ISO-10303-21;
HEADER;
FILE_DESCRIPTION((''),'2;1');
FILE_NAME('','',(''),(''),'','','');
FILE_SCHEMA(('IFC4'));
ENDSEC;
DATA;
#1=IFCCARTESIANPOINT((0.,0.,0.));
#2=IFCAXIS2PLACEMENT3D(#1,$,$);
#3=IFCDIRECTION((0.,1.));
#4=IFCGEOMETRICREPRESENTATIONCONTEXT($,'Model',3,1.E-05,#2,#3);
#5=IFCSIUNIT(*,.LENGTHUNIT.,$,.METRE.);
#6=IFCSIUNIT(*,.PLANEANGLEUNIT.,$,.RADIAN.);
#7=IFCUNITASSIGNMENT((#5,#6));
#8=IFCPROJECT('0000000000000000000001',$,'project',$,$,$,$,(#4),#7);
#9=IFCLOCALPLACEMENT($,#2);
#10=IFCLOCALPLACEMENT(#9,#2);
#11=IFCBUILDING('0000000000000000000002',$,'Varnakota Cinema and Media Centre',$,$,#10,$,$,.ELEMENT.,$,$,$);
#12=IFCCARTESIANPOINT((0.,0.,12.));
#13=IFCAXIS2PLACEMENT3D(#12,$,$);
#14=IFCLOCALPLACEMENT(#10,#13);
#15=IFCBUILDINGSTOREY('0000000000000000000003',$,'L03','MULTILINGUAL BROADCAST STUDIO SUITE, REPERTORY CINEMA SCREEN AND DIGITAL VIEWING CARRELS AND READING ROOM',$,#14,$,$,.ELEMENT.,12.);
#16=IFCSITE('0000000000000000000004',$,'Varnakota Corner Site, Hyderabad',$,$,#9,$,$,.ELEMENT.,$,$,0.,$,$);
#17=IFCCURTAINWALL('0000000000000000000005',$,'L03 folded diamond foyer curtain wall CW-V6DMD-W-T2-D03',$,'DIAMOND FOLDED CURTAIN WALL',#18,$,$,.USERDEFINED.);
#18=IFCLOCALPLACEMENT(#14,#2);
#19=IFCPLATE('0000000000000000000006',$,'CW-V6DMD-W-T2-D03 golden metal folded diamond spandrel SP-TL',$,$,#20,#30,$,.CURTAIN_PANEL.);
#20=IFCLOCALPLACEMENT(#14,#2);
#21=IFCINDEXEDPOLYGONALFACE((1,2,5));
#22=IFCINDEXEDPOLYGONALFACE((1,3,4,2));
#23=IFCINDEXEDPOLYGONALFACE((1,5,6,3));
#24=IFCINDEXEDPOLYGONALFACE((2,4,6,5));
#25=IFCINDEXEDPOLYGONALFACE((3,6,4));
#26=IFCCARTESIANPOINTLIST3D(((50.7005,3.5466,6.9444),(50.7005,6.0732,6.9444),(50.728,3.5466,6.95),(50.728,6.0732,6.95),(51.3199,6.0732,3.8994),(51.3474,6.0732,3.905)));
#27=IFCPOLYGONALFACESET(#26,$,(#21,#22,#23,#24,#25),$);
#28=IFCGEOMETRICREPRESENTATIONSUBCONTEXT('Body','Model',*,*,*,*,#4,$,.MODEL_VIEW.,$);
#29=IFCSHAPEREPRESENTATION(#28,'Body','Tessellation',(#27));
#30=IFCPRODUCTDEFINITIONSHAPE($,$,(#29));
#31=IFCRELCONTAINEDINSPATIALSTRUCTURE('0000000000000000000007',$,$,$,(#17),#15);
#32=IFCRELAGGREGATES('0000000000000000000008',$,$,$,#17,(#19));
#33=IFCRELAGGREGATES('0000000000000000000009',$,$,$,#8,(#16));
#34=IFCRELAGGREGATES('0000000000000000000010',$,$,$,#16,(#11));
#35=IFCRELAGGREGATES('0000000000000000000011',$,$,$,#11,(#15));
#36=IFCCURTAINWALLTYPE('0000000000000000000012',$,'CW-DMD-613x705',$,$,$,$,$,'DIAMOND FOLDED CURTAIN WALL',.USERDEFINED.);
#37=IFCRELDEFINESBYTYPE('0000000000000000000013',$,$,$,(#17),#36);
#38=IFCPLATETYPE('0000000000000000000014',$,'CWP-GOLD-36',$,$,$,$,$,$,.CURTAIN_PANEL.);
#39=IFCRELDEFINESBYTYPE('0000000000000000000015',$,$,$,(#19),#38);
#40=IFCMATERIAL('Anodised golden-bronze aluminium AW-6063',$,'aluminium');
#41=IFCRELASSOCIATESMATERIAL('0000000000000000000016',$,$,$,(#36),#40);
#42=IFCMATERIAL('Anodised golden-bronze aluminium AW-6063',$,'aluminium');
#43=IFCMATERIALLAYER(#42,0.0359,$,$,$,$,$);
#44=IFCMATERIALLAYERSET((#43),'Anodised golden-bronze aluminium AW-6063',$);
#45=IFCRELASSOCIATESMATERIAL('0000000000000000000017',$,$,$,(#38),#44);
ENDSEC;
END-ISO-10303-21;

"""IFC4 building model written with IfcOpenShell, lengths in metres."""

from ifc_helpers import new_model, si_unit, direction, frame, origin, place, context, subcontext, project, spatial, polyline, outline, extrude, material, layer, layer_set, type_object, element, aggregate, save


model = new_model("IFC4")

# Units and contexts
model_context = context("Model", 3, precision=1e-05, world=origin(), true_north=direction((0.0, 1.0)))
body_context = subcontext(model_context, "Body", "Model", "MODEL_VIEW")
ifc_project = project(units=[si_unit("LENGTHUNIT", "METRE"), si_unit("PLANEANGLEUNIT", "RADIAN")], contexts=[model_context])

# Site, building, storey
site_placement = place(None, origin())
site = spatial("IfcSite", under=ifc_project, at=site_placement, Name="Varnakota Corner Site, Hyderabad", CompositionType="ELEMENT", RefElevation=0.0)
building_placement = place(site_placement, origin())
building = spatial("IfcBuilding", under=site, at=building_placement, Name="Varnakota Cinema and Media Centre", CompositionType="ELEMENT")
storey_placement = place(building_placement, frame((0.0, 0.0, 12.0)))
storey = spatial("IfcBuildingStorey", under=building, at=storey_placement, Name="L03", Description="MULTILINGUAL BROADCAST STUDIO SUITE, REPERTORY CINEMA SCREEN AND DIGITAL VIEWING CARRELS AND READING ROOM", CompositionType="ELEMENT", Elevation=12.0)

# Shared definitions
ifc_material_1 = material(Name="Anodised golden-bronze aluminium AW-6063", Category="aluminium")
curtain_wall_type = type_object("IfcCurtainWallType", Name="CW-DMD-613x705", ElementType="DIAMOND FOLDED CURTAIN WALL", PredefinedType="USERDEFINED", material=ifc_material_1)

# Curtain wall
curtain_wall_1_placement = place(storey_placement, origin())
curtain_wall_1 = element("IfcCurtainWall", 1, at=curtain_wall_1_placement, inside=storey, type_object=curtain_wall_type, Name="L03 folded diamond foyer curtain wall CW-V6DMD-W-T2-D03", ObjectType="DIAMOND FOLDED CURTAIN WALL", PredefinedType="USERDEFINED")

# Plate
ifc_material_2 = material(Name="Anodised golden-bronze aluminium AW-6063", Category="aluminium")
ifc_layer_1 = layer(ifc_material_2, 0.0359)
ifc_layer_set_1 = layer_set([ifc_layer_1], Name="Anodised golden-bronze aluminium AW-6063")
plate_type_1 = type_object("IfcPlateType", Name="CWP-GOLD-36", PredefinedType="CURTAIN_PANEL", material=ifc_layer_set_1)
plate_1_placement = place(storey_placement, frame((51.3474, 6.0732, 3.905), z_axis=(0.979932, 0.0, 0.199333), x_axis=(-0.154658, -0.630885, 0.760306)))
plate_1 = element("IfcPlate", 2, at=plate_1_placement, type_object=plate_type_1, Name="CW-V6DMD-W-T2-D03 golden metal folded diamond spandrel SP-TL", PredefinedType="CURTAIN_PANEL", context=body_context, shape_type="SweptSolid", body=[
    extrude(outline(polyline([(0.0, 0.0), (4.0049, 0.0), (2.4109, -1.9603), (0.0, 0.0)])), origin(), (0.0, 0.0, -1.0), 0.0281),
])
aggregate(curtain_wall_1, [plate_1])

save(model, "model.ifc")
